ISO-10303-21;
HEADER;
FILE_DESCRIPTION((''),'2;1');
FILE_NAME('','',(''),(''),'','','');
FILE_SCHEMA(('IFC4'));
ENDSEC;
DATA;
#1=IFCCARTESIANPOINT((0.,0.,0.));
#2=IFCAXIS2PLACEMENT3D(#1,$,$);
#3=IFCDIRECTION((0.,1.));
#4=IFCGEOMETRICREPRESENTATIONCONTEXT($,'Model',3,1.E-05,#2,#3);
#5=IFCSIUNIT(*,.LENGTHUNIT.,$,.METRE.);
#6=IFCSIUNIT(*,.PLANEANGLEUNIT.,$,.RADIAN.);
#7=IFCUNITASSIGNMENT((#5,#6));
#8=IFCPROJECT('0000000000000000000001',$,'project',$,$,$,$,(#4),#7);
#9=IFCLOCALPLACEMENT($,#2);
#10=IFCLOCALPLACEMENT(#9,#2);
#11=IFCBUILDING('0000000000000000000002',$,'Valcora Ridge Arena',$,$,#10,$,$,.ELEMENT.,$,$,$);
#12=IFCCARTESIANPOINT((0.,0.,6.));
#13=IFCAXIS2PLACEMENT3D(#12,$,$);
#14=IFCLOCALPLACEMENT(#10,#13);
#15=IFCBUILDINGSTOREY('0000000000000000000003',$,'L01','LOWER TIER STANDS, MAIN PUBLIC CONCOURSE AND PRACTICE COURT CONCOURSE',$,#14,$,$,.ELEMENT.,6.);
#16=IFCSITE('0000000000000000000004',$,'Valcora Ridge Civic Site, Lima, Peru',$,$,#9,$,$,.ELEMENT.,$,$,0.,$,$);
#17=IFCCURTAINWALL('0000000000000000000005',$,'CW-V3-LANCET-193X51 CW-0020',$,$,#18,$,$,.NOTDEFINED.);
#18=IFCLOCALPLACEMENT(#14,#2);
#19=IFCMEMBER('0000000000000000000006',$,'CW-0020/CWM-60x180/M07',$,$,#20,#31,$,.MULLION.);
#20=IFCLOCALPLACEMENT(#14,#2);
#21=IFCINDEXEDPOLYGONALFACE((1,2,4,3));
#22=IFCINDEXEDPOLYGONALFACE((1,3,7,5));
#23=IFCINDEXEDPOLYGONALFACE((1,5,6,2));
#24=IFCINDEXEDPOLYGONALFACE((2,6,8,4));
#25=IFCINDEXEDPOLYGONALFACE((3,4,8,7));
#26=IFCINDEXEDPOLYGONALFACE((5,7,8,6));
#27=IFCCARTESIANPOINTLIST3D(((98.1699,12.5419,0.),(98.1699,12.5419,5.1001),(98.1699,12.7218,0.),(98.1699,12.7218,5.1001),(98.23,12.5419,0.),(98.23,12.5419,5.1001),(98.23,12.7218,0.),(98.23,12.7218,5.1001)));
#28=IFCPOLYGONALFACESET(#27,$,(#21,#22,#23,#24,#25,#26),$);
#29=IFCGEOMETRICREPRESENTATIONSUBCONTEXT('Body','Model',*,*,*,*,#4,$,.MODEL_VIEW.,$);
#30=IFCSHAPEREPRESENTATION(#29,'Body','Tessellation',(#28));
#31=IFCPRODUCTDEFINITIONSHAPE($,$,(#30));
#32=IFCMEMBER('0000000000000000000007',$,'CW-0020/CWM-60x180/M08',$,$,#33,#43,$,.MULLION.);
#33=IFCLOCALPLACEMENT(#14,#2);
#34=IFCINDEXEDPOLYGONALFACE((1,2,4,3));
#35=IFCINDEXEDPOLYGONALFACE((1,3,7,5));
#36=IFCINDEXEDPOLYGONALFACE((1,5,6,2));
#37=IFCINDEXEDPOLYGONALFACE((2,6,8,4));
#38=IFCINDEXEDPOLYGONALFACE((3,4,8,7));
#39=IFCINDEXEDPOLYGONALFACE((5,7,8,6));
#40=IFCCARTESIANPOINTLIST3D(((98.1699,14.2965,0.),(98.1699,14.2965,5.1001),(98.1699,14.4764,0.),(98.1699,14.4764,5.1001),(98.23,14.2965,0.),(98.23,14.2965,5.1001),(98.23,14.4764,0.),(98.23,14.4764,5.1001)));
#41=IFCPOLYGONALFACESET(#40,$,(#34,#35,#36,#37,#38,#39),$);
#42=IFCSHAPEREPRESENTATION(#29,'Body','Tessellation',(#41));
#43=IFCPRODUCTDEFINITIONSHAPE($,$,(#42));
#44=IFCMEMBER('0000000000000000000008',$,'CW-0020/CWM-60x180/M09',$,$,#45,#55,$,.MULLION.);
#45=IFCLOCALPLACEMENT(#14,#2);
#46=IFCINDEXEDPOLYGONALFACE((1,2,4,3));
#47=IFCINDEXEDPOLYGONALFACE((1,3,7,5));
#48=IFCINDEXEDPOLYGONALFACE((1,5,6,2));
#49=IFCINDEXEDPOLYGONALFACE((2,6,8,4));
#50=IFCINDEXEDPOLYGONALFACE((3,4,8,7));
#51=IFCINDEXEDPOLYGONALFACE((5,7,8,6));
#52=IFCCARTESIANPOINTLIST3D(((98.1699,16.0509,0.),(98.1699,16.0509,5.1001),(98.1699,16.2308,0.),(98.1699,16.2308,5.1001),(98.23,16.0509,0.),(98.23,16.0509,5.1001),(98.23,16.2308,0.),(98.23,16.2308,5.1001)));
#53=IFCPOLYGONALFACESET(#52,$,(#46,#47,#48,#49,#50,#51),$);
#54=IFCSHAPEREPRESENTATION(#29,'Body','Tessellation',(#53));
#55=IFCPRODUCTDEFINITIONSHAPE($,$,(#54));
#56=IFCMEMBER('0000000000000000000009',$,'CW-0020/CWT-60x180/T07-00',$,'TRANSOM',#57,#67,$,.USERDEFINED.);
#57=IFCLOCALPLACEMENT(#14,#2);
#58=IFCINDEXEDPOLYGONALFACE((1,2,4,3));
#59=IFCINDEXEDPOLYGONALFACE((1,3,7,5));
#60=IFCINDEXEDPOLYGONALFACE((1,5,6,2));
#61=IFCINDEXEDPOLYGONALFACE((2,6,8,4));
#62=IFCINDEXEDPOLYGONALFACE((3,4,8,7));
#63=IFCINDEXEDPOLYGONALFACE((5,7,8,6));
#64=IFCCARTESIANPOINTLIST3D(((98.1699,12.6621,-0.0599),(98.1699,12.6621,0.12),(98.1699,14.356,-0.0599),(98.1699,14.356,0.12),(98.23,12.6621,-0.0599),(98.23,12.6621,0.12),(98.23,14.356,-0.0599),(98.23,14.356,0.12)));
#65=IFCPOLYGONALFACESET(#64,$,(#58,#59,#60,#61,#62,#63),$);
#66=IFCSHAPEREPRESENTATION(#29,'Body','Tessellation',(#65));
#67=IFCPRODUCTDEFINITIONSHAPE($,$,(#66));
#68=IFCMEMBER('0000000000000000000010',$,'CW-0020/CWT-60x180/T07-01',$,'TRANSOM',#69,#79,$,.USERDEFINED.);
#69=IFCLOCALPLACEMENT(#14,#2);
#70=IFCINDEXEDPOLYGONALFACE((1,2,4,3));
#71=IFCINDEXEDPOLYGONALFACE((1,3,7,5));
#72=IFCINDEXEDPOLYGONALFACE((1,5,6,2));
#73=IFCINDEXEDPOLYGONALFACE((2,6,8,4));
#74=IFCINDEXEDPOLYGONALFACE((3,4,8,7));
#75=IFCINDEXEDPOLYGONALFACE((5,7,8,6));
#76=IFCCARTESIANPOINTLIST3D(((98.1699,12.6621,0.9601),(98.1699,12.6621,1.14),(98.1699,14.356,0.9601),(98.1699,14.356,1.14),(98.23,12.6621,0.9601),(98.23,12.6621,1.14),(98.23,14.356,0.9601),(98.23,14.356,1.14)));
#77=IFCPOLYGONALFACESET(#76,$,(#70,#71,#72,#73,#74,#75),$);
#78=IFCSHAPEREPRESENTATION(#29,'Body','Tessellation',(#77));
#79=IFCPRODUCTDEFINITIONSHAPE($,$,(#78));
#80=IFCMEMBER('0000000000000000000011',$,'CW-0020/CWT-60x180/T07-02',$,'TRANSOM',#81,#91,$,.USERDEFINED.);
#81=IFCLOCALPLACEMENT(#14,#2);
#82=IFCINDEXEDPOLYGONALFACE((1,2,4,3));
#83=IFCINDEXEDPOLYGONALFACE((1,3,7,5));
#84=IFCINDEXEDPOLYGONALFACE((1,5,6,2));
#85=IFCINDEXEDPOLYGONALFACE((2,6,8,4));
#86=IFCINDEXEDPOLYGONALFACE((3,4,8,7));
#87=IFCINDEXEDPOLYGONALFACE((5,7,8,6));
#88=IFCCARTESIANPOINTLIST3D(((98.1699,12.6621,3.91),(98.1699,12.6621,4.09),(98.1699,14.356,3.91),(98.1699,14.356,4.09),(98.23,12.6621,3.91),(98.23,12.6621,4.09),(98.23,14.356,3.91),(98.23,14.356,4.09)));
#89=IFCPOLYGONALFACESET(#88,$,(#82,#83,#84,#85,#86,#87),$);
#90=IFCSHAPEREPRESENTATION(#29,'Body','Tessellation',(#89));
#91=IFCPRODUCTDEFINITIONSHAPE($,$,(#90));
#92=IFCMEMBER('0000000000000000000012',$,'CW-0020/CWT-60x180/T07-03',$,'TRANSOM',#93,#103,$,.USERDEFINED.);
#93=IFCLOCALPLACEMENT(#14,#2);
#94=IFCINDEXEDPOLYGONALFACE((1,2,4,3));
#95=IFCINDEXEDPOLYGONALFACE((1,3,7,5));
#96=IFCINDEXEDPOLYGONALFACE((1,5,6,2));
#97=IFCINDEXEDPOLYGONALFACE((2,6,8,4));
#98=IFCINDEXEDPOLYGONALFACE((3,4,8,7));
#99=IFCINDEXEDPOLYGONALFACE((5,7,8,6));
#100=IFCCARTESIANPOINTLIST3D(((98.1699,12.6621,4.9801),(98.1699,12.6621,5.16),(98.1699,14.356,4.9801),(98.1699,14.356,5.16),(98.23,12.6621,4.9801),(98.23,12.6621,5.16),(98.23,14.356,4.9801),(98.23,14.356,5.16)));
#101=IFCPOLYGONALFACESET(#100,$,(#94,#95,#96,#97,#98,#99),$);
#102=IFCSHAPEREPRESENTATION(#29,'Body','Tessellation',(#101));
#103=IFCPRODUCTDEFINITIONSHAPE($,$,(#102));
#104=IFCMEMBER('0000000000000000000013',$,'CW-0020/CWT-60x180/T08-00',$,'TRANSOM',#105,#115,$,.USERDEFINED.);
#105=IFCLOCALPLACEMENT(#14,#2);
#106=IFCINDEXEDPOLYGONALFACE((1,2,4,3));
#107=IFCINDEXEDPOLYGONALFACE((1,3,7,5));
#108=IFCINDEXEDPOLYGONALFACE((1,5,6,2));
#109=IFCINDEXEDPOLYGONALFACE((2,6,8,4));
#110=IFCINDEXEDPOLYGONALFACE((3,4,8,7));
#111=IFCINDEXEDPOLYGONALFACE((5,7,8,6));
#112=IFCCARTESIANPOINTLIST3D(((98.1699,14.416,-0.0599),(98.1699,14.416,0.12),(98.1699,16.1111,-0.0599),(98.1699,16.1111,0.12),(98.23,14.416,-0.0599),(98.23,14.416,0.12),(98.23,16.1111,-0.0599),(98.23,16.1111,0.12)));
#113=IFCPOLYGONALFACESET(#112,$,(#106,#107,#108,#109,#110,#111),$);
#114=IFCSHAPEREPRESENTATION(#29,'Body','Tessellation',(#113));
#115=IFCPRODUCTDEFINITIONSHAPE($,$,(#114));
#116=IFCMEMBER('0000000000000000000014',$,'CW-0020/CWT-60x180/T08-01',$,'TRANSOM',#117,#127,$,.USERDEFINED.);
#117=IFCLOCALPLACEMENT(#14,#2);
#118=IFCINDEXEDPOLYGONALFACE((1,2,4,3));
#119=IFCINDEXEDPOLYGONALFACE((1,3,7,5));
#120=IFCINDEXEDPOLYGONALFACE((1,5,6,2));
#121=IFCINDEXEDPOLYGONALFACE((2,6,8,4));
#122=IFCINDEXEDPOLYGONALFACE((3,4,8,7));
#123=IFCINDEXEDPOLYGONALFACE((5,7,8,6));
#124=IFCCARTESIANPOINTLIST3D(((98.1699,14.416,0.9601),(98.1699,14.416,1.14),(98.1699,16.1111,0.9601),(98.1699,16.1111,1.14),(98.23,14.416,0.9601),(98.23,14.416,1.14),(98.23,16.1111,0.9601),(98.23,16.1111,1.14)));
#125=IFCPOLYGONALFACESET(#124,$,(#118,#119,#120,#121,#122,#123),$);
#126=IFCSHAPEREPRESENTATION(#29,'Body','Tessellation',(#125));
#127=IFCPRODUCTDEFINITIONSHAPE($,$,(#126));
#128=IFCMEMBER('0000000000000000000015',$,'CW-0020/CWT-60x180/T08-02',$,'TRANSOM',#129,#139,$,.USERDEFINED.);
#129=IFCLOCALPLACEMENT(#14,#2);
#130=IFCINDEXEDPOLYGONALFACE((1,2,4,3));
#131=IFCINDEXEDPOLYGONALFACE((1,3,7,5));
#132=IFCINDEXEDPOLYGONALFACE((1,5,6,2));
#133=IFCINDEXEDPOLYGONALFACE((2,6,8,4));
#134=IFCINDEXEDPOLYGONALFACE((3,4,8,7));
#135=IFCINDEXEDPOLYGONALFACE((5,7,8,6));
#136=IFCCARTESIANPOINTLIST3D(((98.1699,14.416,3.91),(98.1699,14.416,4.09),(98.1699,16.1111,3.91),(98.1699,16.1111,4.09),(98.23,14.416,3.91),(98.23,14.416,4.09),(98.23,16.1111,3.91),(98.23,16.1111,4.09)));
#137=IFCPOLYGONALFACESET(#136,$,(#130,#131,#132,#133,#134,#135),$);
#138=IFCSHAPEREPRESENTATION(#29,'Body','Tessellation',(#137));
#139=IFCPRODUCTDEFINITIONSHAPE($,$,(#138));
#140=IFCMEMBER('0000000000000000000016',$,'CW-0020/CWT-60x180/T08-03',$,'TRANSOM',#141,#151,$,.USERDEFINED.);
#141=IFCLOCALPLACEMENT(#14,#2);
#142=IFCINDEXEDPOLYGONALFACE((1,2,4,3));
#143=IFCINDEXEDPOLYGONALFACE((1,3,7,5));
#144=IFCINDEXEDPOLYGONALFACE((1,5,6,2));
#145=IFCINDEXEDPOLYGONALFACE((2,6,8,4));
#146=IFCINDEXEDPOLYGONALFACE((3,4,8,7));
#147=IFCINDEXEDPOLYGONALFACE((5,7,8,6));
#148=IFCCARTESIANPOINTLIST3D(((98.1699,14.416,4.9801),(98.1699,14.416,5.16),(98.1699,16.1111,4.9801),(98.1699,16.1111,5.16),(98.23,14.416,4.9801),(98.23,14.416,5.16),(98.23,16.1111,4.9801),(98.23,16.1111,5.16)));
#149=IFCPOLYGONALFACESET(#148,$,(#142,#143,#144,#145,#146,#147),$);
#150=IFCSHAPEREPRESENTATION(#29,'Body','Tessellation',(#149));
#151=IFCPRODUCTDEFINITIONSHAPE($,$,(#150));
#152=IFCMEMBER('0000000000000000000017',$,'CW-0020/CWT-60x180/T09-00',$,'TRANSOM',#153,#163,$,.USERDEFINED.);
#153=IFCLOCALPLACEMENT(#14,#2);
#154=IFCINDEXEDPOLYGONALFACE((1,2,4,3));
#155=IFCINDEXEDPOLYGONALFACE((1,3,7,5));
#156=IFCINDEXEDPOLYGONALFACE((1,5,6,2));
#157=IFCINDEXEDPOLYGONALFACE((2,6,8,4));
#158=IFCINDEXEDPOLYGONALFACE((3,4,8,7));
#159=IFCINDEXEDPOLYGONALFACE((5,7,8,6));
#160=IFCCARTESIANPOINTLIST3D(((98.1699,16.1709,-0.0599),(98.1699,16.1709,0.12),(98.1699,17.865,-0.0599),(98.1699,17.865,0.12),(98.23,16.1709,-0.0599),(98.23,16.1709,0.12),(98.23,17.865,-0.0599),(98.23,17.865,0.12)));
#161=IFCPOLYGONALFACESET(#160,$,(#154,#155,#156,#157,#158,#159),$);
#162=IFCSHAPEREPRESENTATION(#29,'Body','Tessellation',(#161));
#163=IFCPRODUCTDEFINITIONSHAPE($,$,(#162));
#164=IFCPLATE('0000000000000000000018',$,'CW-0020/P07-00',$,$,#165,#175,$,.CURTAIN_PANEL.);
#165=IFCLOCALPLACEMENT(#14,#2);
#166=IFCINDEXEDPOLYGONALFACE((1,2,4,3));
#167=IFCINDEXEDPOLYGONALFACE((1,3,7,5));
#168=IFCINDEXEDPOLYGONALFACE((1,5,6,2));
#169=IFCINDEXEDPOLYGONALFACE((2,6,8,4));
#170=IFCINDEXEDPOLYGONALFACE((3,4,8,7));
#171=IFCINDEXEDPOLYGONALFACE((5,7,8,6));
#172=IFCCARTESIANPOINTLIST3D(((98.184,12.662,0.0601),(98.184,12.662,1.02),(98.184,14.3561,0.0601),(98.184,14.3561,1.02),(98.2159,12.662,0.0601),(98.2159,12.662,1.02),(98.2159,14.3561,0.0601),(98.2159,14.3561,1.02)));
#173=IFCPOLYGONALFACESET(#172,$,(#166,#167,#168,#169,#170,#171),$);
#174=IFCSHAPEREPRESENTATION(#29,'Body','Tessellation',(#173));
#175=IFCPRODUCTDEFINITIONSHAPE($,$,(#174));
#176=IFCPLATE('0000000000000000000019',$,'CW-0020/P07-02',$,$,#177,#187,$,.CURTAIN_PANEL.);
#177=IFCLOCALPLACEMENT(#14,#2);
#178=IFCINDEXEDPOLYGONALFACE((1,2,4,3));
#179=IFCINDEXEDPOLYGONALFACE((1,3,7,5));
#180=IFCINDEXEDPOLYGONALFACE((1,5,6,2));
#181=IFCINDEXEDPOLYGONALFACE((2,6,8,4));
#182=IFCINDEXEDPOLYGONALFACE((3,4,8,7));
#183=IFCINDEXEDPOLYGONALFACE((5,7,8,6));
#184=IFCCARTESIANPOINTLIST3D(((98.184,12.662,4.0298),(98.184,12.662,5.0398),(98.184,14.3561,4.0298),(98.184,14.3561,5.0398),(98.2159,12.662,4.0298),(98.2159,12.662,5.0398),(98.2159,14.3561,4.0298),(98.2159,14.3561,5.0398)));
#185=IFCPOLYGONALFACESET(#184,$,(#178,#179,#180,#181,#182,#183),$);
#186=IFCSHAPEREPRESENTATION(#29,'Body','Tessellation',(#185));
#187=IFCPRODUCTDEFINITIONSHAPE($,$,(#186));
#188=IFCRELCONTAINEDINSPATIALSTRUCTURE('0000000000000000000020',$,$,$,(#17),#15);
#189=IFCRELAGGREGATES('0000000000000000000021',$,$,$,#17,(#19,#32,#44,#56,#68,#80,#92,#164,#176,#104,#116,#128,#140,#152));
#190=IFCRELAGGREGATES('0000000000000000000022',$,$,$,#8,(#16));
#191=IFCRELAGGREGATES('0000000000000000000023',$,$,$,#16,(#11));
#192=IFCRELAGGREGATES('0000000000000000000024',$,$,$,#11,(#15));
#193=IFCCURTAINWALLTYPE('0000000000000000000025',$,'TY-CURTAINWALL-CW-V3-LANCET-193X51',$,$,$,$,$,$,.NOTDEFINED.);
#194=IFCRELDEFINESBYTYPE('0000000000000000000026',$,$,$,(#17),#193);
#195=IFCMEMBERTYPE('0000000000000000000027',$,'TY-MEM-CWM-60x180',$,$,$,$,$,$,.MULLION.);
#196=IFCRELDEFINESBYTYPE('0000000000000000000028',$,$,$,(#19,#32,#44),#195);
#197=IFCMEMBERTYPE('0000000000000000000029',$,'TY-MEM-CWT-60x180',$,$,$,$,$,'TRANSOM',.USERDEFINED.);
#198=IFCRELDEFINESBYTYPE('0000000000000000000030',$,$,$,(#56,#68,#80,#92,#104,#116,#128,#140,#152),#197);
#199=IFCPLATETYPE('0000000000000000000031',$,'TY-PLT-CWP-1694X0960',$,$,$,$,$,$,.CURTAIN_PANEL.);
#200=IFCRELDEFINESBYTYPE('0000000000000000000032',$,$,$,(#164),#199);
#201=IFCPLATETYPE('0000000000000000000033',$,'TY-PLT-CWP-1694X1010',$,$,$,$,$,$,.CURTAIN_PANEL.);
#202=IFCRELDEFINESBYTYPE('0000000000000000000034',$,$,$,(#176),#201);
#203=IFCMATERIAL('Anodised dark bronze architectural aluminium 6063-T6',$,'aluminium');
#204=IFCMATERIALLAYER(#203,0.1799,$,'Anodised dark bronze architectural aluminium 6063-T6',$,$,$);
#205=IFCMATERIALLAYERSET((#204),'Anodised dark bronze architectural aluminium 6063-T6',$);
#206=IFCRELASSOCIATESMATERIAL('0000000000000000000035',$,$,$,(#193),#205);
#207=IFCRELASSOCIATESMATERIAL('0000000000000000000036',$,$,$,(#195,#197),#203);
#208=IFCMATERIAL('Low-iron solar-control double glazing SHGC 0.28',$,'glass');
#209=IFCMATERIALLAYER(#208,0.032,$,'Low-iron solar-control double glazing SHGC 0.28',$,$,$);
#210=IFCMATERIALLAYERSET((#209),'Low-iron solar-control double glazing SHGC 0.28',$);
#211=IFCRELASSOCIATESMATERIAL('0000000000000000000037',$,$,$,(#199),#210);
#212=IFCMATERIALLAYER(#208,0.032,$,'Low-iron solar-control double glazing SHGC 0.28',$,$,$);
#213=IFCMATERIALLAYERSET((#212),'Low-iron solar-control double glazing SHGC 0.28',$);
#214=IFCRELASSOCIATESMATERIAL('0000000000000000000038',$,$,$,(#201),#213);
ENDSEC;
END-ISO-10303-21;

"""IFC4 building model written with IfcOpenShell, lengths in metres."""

from ifc_helpers import new_model, si_unit, direction, frame, origin, origin_2d, place, context, subcontext, project, spatial, rectangle, extrude, material, layer, layer_set, material_profile, profile_set, type_object, element, aggregate, save


model = new_model("IFC4")

# Units and contexts
model_context = context("Model", 3, precision=1e-05, world=origin(), true_north=direction((0.0, 1.0)))
body_context = subcontext(model_context, "Body", "Model", "MODEL_VIEW")
ifc_project = project(units=[si_unit("LENGTHUNIT", "METRE"), si_unit("PLANEANGLEUNIT", "RADIAN")], contexts=[model_context])

# Site, building, storey
site_placement = place(None, origin())
site = spatial("IfcSite", under=ifc_project, at=site_placement, Name="Valcora Ridge Civic Site, Lima, Peru", CompositionType="ELEMENT", RefElevation=0.0)
building_placement = place(site_placement, origin())
building = spatial("IfcBuilding", under=site, at=building_placement, Name="Valcora Ridge Arena", CompositionType="ELEMENT")
storey_placement = place(building_placement, frame((0.0, 0.0, 6.0)))
storey = spatial("IfcBuildingStorey", under=building, at=storey_placement, Name="L01", Description="LOWER TIER STANDS, MAIN PUBLIC CONCOURSE AND PRACTICE COURT CONCOURSE", CompositionType="ELEMENT", Elevation=6.0)

# Curtain wall, members, plates
ifc_material_1 = material(Name="Anodised dark bronze architectural aluminium 6063-T6", Category="aluminium")
ifc_layer_1 = layer(ifc_material_1, 0.1799, Name="Anodised dark bronze architectural aluminium 6063-T6")
ifc_layer_set_1 = layer_set([ifc_layer_1], Name="Anodised dark bronze architectural aluminium 6063-T6")
curtain_wall_type = type_object("IfcCurtainWallType", Name="TY-CURTAINWALL-CW-V3-LANCET-193X51", PredefinedType="NOTDEFINED", material=ifc_layer_set_1)
curtain_wall_placement = place(storey_placement, origin())
curtain_wall = element("IfcCurtainWall", 1, at=curtain_wall_placement, inside=storey, type_object=curtain_wall_type, Name="CW-V3-LANCET-193X51 CW-0020", PredefinedType="NOTDEFINED")
ifc_material_profile_1 = material_profile(ifc_material_1, rectangle(XDim=0.0601, YDim=0.1799, at=origin_2d()), Name="ALU MULLION 60x180")
ifc_profile_set_1 = profile_set([ifc_material_profile_1], Name="Anodised dark bronze architectural aluminium 6063-T6")
member_type_1 = type_object("IfcMemberType", Name="TY-MEM-CWM-60x180", PredefinedType="MULLION", material=ifc_profile_set_1)
member_1_placement = place(storey_placement, frame((98.2, 12.6318, 0.0), z_axis=(0.0, 0.0, 1.0), x_axis=(-1.0, 0.0, 0.0)))
member_1 = element("IfcMember", 2, at=member_1_placement, type_object=member_type_1, Name="CW-0020/CWM-60x180/M07", PredefinedType="MULLION", context=body_context, shape_type="SweptSolid", body=[
    extrude(rectangle(XDim=0.0601, YDim=0.1799, at=origin_2d()), origin(), (0.0, 0.0, 1.0), 5.1001),
])
member_2_placement = place(storey_placement, frame((98.2, 14.3865, 0.0), z_axis=(0.0, 0.0, 1.0), x_axis=(-1.0, 0.0, 0.0)))
member_2 = element("IfcMember", 3, at=member_2_placement, type_object=member_type_1, Name="CW-0020/CWM-60x180/M08", PredefinedType="MULLION", context=body_context, shape_type="SweptSolid", body=[
    extrude(rectangle(XDim=0.0601, YDim=0.1799, at=origin_2d()), origin(), (0.0, 0.0, 1.0), 5.1001),
])
member_3_placement = place(storey_placement, frame((98.2, 16.1409, 0.0), z_axis=(0.0, 0.0, 1.0), x_axis=(-1.0, 0.0, 0.0)))
member_3 = element("IfcMember", 4, at=member_3_placement, type_object=member_type_1, Name="CW-0020/CWM-60x180/M09", PredefinedType="MULLION", context=body_context, shape_type="SweptSolid", body=[
    extrude(rectangle(XDim=0.0601, YDim=0.1799, at=origin_2d()), origin(), (0.0, 0.0, 1.0), 5.1001),
])
ifc_material_profile_2 = material_profile(ifc_material_1, rectangle(XDim=0.0601, YDim=0.1799, at=origin_2d()), Name="ALU TRANSOM 60x180")
ifc_profile_set_2 = profile_set([ifc_material_profile_2], Name="Anodised dark bronze architectural aluminium 6063-T6")
member_type_2 = type_object("IfcMemberType", Name="TY-MEM-CWT-60x180", ElementType="TRANSOM", PredefinedType="USERDEFINED", material=ifc_profile_set_2)
member_4_placement = place(storey_placement, frame((98.2, 12.6621, 0.03), z_axis=(0.0, 1.0, 0.0), x_axis=(-1.0, 0.0, 0.0)))
member_4 = element("IfcMember", 5, at=member_4_placement, type_object=member_type_2, Name="CW-0020/CWT-60x180/T07-00", ObjectType="TRANSOM", PredefinedType="USERDEFINED", context=body_context, shape_type="SweptSolid", body=[
    extrude(rectangle(XDim=0.0601, YDim=0.1799, at=origin_2d()), origin(), (0.0, 0.0, 1.0), 1.6938),
])
member_5_placement = place(storey_placement, frame((98.2, 12.6621, 1.05), z_axis=(0.0, 1.0, 0.0), x_axis=(-1.0, 0.0, 0.0)))
member_5 = element("IfcMember", 6, at=member_5_placement, type_object=member_type_2, Name="CW-0020/CWT-60x180/T07-01", ObjectType="TRANSOM", PredefinedType="USERDEFINED", context=body_context, shape_type="SweptSolid", body=[
    extrude(rectangle(XDim=0.0601, YDim=0.1799, at=origin_2d()), origin(), (0.0, 0.0, 1.0), 1.6938),
])
member_6_placement = place(storey_placement, frame((98.2, 12.6621, 4.0), z_axis=(0.0, 1.0, 0.0), x_axis=(-1.0, 0.0, 0.0)))
member_6 = element("IfcMember", 7, at=member_6_placement, type_object=member_type_2, Name="CW-0020/CWT-60x180/T07-02", ObjectType="TRANSOM", PredefinedType="USERDEFINED", context=body_context, shape_type="SweptSolid", body=[
    extrude(rectangle(XDim=0.0601, YDim=0.1799, at=origin_2d()), origin(), (0.0, 0.0, 1.0), 1.6938),
])
member_7_placement = place(storey_placement, frame((98.2, 12.6621, 5.0701), z_axis=(0.0, 1.0, 0.0), x_axis=(-1.0, 0.0, 0.0)))
member_7 = element("IfcMember", 8, at=member_7_placement, type_object=member_type_2, Name="CW-0020/CWT-60x180/T07-03", ObjectType="TRANSOM", PredefinedType="USERDEFINED", context=body_context, shape_type="SweptSolid", body=[
    extrude(rectangle(XDim=0.0601, YDim=0.1799, at=origin_2d()), origin(), (0.0, 0.0, 1.0), 1.6938),
])
member_8_placement = place(storey_placement, frame((98.2, 14.416, 0.03), z_axis=(0.0, 1.0, 0.0), x_axis=(-1.0, 0.0, 0.0)))
member_8 = element("IfcMember", 9, at=member_8_placement, type_object=member_type_2, Name="CW-0020/CWT-60x180/T08-00", ObjectType="TRANSOM", PredefinedType="USERDEFINED", context=body_context, shape_type="SweptSolid", body=[
    extrude(rectangle(XDim=0.0601, YDim=0.1799, at=origin_2d()), origin(), (0.0, 0.0, 1.0), 1.6951),
])
member_9_placement = place(storey_placement, frame((98.2, 14.416, 1.05), z_axis=(0.0, 1.0, 0.0), x_axis=(-1.0, 0.0, 0.0)))
member_9 = element("IfcMember", 10, at=member_9_placement, type_object=member_type_2, Name="CW-0020/CWT-60x180/T08-01", ObjectType="TRANSOM", PredefinedType="USERDEFINED", context=body_context, shape_type="SweptSolid", body=[
    extrude(rectangle(XDim=0.0601, YDim=0.1799, at=origin_2d()), origin(), (0.0, 0.0, 1.0), 1.6951),
])
member_10_placement = place(storey_placement, frame((98.2, 14.416, 4.0), z_axis=(0.0, 1.0, 0.0), x_axis=(-1.0, 0.0, 0.0)))
member_10 = element("IfcMember", 11, at=member_10_placement, type_object=member_type_2, Name="CW-0020/CWT-60x180/T08-02", ObjectType="TRANSOM", PredefinedType="USERDEFINED", context=body_context, shape_type="SweptSolid", body=[
    extrude(rectangle(XDim=0.0601, YDim=0.1799, at=origin_2d()), origin(), (0.0, 0.0, 1.0), 1.6951),
])
member_11_placement = place(storey_placement, frame((98.2, 14.416, 5.0701), z_axis=(0.0, 1.0, 0.0), x_axis=(-1.0, 0.0, 0.0)))
member_11 = element("IfcMember", 12, at=member_11_placement, type_object=member_type_2, Name="CW-0020/CWT-60x180/T08-03", ObjectType="TRANSOM", PredefinedType="USERDEFINED", context=body_context, shape_type="SweptSolid", body=[
    extrude(rectangle(XDim=0.0601, YDim=0.1799, at=origin_2d()), origin(), (0.0, 0.0, 1.0), 1.6951),
])
member_12_placement = place(storey_placement, frame((98.2, 16.1709, 0.03), z_axis=(0.0, 1.0, 0.0), x_axis=(-1.0, 0.0, 0.0)))
member_12 = element("IfcMember", 13, at=member_12_placement, type_object=member_type_2, Name="CW-0020/CWT-60x180/T09-00", ObjectType="TRANSOM", PredefinedType="USERDEFINED", context=body_context, shape_type="SweptSolid", body=[
    extrude(rectangle(XDim=0.0601, YDim=0.1799, at=origin_2d()), origin(), (0.0, 0.0, 1.0), 1.6941),
])
ifc_material_2 = material(Name="Low-iron solar-control double glazing SHGC 0.28", Category="glass")
ifc_layer_2 = layer(ifc_material_2, 0.032, Name="Low-iron solar-control double glazing SHGC 0.28")
ifc_layer_set_2 = layer_set([ifc_layer_2], Name="Low-iron solar-control double glazing SHGC 0.28")
plate_type_1 = type_object("IfcPlateType", Name="TY-PLT-CWP-1694X0960", PredefinedType="CURTAIN_PANEL", material=ifc_layer_set_2)
plate_1_placement = place(storey_placement, frame((98.2, 13.509, 0.0601), z_axis=(0.0, 0.0, 1.0), x_axis=(0.0, 1.0, 0.0)))
plate_1 = element("IfcPlate", 14, at=plate_1_placement, type_object=plate_type_1, Name="CW-0020/P07-00", PredefinedType="CURTAIN_PANEL", context=body_context, shape_type="SweptSolid", body=[
    extrude(rectangle(XDim=1.6941, YDim=0.032, at=origin_2d()), origin(), (0.0, 0.0, 1.0), 0.96),
])
ifc_layer_3 = layer(ifc_material_2, 0.032, Name="Low-iron solar-control double glazing SHGC 0.28")
ifc_layer_set_3 = layer_set([ifc_layer_3], Name="Low-iron solar-control double glazing SHGC 0.28")
plate_type_2 = type_object("IfcPlateType", Name="TY-PLT-CWP-1694X1010", PredefinedType="CURTAIN_PANEL", material=ifc_layer_set_3)
plate_2_placement = place(storey_placement, frame((98.2, 13.509, 4.0298), z_axis=(0.0, 0.0, 1.0), x_axis=(0.0, 1.0, 0.0)))
plate_2 = element("IfcPlate", 15, at=plate_2_placement, type_object=plate_type_2, Name="CW-0020/P07-02", PredefinedType="CURTAIN_PANEL", context=body_context, shape_type="SweptSolid", body=[
    extrude(rectangle(XDim=1.6941, YDim=0.032, at=origin_2d()), origin(), (0.0, 0.0, 1.0), 1.01),
])
aggregate(curtain_wall, [member_1, member_2, member_3, member_4, member_5, member_6, member_7, plate_1, plate_2, member_8, member_9, member_10, member_11, member_12])

save(model, "model.ifc")
